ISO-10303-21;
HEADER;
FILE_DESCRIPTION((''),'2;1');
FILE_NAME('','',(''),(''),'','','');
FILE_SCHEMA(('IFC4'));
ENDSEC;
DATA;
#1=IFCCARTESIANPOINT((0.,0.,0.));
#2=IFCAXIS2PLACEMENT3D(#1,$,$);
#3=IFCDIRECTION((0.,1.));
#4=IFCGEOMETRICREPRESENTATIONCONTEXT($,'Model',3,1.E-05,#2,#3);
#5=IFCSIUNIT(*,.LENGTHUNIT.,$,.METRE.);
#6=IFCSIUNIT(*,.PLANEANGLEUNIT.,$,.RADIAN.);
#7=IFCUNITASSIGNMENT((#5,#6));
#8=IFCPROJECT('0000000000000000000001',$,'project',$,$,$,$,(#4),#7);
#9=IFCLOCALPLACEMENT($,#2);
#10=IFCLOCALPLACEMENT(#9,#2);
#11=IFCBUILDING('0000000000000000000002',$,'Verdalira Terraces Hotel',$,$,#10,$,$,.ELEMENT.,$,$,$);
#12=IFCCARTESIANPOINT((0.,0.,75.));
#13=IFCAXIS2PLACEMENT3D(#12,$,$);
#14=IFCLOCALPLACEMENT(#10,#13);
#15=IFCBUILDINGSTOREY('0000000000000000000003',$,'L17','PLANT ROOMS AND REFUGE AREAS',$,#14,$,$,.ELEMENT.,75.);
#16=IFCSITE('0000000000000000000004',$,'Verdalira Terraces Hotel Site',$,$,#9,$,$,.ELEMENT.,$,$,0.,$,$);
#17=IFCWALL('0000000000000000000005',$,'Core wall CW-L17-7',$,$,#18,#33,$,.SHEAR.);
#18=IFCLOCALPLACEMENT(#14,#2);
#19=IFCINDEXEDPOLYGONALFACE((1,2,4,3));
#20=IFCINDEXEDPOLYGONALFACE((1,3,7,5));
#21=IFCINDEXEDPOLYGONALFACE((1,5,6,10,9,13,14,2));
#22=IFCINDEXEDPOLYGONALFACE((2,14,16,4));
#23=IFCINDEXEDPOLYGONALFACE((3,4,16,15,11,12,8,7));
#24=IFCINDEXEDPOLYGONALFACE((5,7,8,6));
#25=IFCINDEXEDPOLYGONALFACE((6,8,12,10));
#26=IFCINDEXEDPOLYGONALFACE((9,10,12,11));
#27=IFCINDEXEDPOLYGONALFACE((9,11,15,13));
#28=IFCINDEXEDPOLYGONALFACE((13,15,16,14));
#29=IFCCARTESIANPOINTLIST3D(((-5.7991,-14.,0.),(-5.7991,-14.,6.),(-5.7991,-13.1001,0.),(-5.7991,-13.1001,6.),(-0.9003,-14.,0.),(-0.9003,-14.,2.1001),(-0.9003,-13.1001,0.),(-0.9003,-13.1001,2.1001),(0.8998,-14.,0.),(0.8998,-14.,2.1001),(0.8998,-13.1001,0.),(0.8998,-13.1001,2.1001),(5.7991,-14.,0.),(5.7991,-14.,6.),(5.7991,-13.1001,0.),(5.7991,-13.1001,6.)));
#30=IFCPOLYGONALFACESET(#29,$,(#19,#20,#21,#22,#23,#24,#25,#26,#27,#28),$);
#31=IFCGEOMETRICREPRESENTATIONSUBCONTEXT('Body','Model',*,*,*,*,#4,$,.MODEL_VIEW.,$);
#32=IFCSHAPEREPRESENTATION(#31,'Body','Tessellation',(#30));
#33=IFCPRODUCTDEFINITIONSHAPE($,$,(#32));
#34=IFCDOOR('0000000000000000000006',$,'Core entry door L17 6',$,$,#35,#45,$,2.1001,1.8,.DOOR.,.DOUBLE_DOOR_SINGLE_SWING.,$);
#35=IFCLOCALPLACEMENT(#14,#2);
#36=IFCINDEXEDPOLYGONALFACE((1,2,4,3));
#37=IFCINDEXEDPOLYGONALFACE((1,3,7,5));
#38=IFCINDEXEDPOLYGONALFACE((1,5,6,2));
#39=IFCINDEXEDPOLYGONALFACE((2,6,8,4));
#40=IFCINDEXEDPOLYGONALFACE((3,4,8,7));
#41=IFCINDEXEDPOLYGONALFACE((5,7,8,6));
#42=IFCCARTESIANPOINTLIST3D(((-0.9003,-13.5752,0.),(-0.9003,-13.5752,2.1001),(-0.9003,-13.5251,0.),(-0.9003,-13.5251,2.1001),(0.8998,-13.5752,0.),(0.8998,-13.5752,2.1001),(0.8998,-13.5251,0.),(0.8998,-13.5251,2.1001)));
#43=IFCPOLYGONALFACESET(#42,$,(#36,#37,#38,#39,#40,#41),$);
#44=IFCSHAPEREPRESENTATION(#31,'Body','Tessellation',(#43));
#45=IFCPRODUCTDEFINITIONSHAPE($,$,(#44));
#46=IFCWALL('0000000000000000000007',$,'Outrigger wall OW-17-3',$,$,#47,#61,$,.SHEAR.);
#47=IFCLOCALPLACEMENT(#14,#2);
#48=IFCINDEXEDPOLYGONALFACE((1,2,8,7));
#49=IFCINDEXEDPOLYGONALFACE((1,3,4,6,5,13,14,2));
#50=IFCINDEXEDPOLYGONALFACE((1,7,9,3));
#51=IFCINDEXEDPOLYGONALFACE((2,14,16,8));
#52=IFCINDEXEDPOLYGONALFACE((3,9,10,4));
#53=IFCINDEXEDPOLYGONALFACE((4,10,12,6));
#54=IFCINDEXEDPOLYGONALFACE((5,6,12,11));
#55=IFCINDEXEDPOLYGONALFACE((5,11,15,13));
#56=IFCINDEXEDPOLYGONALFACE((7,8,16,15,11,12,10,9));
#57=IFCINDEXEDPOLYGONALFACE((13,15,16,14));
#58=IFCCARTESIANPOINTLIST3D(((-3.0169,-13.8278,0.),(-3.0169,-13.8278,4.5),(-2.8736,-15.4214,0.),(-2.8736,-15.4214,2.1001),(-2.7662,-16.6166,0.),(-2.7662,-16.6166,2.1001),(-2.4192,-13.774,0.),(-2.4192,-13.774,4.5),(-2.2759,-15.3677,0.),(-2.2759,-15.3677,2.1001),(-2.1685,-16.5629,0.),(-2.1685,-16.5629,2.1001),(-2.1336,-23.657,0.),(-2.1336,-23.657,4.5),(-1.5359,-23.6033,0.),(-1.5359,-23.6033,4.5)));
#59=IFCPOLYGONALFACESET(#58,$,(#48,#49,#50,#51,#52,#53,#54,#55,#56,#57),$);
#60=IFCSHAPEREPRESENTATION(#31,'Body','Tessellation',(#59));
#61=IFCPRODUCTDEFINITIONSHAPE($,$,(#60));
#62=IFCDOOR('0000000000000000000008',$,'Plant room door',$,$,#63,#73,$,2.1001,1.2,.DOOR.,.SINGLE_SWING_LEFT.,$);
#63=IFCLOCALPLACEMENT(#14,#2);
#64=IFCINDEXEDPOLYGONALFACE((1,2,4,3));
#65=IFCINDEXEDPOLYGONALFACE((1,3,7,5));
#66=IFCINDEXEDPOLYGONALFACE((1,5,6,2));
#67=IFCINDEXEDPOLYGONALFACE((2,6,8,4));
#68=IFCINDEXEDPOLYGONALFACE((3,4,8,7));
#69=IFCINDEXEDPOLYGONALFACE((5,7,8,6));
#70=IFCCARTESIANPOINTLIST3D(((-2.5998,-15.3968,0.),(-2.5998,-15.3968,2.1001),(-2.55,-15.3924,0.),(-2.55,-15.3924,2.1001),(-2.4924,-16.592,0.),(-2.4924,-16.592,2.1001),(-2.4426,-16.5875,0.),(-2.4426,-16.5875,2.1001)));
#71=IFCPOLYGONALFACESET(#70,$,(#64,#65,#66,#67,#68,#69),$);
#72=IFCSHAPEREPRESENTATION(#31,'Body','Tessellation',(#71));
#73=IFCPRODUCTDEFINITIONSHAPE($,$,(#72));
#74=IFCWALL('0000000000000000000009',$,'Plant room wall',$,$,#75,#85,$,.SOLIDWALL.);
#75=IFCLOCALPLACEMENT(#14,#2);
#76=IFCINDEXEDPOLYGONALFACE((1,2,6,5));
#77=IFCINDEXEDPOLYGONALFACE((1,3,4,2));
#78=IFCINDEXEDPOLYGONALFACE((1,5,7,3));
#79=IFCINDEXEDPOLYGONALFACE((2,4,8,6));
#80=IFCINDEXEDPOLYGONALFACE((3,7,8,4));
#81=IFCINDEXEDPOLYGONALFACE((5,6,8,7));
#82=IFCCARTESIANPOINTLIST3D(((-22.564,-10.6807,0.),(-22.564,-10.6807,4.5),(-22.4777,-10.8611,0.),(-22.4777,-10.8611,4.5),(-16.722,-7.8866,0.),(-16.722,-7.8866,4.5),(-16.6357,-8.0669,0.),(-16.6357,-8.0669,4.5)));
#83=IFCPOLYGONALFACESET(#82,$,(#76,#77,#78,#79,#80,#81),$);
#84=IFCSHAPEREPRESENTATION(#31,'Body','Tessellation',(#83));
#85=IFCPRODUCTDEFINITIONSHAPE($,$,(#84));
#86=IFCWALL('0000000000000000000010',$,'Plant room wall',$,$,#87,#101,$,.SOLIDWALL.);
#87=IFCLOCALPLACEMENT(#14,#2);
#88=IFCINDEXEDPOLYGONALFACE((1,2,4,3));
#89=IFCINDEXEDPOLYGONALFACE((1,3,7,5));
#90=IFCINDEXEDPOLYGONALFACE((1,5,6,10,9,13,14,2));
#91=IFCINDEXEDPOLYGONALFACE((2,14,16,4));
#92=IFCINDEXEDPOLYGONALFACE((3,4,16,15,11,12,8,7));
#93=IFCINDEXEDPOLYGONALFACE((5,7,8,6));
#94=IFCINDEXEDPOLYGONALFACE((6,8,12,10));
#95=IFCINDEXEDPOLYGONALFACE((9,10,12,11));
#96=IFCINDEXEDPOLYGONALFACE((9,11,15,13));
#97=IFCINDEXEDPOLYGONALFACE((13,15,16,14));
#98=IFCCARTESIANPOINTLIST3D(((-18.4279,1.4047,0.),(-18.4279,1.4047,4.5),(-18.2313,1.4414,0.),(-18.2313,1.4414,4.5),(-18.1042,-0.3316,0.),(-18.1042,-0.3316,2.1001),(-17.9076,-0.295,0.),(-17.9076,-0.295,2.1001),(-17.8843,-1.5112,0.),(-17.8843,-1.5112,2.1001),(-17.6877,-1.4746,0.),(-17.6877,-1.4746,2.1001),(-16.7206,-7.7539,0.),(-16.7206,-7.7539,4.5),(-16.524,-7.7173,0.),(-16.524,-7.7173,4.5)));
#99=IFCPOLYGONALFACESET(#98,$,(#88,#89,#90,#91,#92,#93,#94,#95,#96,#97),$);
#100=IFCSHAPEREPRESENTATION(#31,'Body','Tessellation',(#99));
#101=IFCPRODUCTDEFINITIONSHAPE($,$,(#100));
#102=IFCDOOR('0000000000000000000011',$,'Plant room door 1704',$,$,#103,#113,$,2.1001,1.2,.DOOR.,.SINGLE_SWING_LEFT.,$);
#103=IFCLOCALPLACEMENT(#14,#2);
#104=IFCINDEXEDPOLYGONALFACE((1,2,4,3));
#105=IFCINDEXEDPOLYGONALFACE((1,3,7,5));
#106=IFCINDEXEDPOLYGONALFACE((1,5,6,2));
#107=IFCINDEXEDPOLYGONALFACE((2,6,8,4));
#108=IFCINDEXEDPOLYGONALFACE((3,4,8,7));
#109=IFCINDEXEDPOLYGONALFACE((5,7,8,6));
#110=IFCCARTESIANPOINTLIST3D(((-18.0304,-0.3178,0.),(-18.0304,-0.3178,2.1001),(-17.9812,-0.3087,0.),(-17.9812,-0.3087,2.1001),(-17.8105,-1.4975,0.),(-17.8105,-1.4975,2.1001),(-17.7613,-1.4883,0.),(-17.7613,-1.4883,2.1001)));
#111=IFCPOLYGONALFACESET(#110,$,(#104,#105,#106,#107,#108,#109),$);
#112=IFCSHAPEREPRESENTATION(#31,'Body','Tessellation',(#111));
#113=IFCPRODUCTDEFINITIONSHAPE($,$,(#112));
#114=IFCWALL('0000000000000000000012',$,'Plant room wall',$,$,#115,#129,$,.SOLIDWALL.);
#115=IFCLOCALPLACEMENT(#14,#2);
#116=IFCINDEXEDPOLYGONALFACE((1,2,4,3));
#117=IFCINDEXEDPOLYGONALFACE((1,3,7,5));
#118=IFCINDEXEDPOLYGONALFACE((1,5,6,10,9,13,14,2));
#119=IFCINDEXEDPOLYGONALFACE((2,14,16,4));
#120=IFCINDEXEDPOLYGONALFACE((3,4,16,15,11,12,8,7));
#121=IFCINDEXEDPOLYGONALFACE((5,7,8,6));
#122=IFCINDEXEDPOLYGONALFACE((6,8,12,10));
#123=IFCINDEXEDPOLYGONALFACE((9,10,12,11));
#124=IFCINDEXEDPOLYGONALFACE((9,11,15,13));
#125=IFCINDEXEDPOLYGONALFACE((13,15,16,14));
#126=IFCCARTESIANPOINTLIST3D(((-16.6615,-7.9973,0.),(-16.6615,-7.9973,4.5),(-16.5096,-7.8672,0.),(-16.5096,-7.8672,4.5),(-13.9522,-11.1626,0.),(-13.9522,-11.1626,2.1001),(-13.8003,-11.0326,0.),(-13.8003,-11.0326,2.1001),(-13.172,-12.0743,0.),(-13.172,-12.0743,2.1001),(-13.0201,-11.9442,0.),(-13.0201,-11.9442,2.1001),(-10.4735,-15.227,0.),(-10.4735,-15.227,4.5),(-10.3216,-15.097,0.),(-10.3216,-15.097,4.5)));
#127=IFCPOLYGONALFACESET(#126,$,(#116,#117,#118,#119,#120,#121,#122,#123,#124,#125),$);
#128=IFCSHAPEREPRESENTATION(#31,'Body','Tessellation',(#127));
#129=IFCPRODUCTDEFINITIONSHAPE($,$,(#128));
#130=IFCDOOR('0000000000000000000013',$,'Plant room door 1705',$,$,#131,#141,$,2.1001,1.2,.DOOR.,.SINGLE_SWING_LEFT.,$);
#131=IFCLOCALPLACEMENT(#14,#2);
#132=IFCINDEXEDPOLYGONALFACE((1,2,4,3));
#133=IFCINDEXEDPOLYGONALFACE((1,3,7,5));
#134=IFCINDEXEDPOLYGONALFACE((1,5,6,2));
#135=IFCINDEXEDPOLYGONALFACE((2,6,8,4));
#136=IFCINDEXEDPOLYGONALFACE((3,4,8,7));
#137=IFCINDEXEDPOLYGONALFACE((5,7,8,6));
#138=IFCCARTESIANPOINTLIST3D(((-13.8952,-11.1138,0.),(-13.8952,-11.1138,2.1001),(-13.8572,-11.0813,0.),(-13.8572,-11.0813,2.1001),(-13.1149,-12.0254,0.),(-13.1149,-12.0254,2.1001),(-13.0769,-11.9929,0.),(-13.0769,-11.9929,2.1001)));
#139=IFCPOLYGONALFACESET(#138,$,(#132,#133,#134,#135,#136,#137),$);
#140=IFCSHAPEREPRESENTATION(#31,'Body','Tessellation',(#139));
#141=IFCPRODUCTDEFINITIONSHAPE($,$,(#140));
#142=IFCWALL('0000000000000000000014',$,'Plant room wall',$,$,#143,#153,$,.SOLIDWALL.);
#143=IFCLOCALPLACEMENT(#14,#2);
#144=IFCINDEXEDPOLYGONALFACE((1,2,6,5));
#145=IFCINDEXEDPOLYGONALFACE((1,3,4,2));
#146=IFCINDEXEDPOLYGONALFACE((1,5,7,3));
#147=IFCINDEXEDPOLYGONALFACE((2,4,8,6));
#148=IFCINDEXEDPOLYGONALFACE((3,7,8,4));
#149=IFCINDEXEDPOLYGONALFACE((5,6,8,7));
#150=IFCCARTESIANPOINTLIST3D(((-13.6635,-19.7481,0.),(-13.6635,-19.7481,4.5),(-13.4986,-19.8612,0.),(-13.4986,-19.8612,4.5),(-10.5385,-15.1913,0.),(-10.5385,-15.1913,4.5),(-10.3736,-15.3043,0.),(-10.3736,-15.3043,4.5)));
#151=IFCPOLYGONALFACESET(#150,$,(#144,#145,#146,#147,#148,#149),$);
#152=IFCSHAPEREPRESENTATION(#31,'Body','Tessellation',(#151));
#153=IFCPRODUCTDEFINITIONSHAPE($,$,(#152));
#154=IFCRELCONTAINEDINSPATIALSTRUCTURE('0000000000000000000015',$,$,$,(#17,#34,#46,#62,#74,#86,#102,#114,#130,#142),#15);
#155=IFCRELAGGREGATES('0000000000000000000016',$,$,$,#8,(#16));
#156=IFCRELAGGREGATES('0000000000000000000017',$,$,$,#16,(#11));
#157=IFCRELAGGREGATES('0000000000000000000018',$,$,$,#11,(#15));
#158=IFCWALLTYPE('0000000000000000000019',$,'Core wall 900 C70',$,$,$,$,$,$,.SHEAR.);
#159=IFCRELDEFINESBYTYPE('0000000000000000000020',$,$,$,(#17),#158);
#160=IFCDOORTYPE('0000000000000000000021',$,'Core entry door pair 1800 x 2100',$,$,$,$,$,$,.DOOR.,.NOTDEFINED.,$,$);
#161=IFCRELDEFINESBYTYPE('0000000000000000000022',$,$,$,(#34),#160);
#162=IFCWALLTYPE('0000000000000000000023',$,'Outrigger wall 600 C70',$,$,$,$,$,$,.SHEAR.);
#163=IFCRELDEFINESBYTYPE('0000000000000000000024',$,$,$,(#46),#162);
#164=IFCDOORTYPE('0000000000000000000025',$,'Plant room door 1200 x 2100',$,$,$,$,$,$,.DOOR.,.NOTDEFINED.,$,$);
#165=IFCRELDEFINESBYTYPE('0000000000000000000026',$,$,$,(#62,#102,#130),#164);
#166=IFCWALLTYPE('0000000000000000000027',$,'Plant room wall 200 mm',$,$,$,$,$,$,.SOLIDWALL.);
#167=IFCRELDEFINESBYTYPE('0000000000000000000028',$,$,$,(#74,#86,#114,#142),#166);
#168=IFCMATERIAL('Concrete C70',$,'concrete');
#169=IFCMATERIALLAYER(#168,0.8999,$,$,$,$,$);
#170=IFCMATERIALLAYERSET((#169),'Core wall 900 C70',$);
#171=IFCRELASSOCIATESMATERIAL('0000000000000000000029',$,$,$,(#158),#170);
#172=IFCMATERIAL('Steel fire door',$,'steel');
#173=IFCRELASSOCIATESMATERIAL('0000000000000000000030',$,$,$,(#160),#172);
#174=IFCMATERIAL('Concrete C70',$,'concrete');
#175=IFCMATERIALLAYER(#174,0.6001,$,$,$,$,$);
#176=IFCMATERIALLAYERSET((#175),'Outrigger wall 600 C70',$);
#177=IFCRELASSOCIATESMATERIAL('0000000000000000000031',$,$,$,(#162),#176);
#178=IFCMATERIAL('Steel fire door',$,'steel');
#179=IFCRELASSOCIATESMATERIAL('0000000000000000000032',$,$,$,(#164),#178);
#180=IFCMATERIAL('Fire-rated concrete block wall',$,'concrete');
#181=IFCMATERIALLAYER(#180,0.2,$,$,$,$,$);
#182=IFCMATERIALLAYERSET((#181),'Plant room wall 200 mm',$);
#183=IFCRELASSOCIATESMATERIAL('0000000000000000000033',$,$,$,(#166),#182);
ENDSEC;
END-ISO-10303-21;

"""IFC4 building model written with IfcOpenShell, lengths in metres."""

from ifc_helpers import new_model, si_unit, direction, frame, frame_2d, origin, place, context, subcontext, project, spatial, rectangle, extrude, material, layer, layer_set, type_object, element, fill, save


model = new_model("IFC4")

# Units and contexts
model_context = context("Model", 3, precision=1e-05, world=origin(), true_north=direction((0.0, 1.0)))
body_context = subcontext(model_context, "Body", "Model", "MODEL_VIEW")
ifc_project = project(units=[si_unit("LENGTHUNIT", "METRE"), si_unit("PLANEANGLEUNIT", "RADIAN")], contexts=[model_context])

# Site, building, storey
site_placement = place(None, origin())
site = spatial("IfcSite", under=ifc_project, at=site_placement, Name="Verdalira Terraces Hotel Site", CompositionType="ELEMENT", RefElevation=0.0)
building_placement = place(site_placement, origin())
building = spatial("IfcBuilding", under=site, at=building_placement, Name="Verdalira Terraces Hotel", CompositionType="ELEMENT")
storey_placement = place(building_placement, frame((0.0, 0.0, 75.0)))
storey = spatial("IfcBuildingStorey", under=building, at=storey_placement, Name="L17", Description="PLANT ROOMS AND REFUGE AREAS", CompositionType="ELEMENT", Elevation=75.0)

# Walls, openings, doors
ifc_material_1 = material(Name="Concrete C70", Category="concrete")
ifc_layer_1 = layer(ifc_material_1, 0.8999)
ifc_layer_set_1 = layer_set([ifc_layer_1], Name="Core wall 900 C70")
wall_type_1 = type_object("IfcWallType", Name="Core wall 900 C70", PredefinedType="SHEAR", material=ifc_layer_set_1)
wall_1_placement = place(storey_placement, frame((-5.7991, -13.55, 0.0), z_axis=(0.0, 0.0, 1.0), x_axis=(1.0, 0.0, 0.0)))
wall_1 = element("IfcWall", 1, at=wall_1_placement, inside=storey, type_object=wall_type_1, Name="Core wall CW-L17-7", PredefinedType="SHEAR", context=body_context, shape_type="SweptSolid", body=[
    extrude(rectangle(XDim=11.5981, YDim=0.8999, at=frame_2d((5.7991, 0.0))), origin(), (0.0, 0.0, 1.0), 6.0),
])
opening_1_placement = place(wall_1_placement, frame((4.8989, 0.0, 0.0)))
opening_1 = element("IfcOpeningElement", 2, at=opening_1_placement, cuts=wall_1, PredefinedType="OPENING", context=body_context, shape_type="SweptSolid", body=[
    extrude(rectangle(XDim=1.8, YDim=2.1001, at=frame_2d((0.8999, 1.05))), frame((0.0, 0.46, 0.0), z_axis=(0.0, -1.0, 0.0), x_axis=(1.0, 0.0, 0.0)), (0.0, 0.0, 1.0), 0.9199),
])
ifc_material_2 = material(Name="Steel fire door", Category="steel")
door_type_1 = type_object("IfcDoorType", Name="Core entry door pair 1800 x 2100", OperationType="NOTDEFINED", PredefinedType="DOOR", material=ifc_material_2)
door_1_placement = place(opening_1_placement, origin())
door_1 = element("IfcDoor", 3, at=door_1_placement, inside=storey, type_object=door_type_1, Name="Core entry door L17 6", OperationType="DOUBLE_DOOR_SINGLE_SWING", OverallHeight=2.1001, OverallWidth=1.8, PredefinedType="DOOR", context=body_context, shape_type="SweptSolid", body=[
    extrude(rectangle(XDim=1.8, YDim=2.1001, at=frame_2d((0.8999, 1.05))), frame((0.0, 0.0249, 0.0), z_axis=(0.0, -1.0, 0.0), x_axis=(1.0, 0.0, 0.0)), (0.0, 0.0, 1.0), 0.05),
])
fill(opening_1, door_1)
ifc_material_3 = material(Name="Concrete C70", Category="concrete")
ifc_layer_2 = layer(ifc_material_3, 0.6001)
ifc_layer_set_2 = layer_set([ifc_layer_2], Name="Outrigger wall 600 C70")
wall_type_2 = type_object("IfcWallType", Name="Outrigger wall 600 C70", PredefinedType="SHEAR", material=ifc_layer_set_2)
wall_2_placement = place(storey_placement, frame((-2.718, -13.8008, 0.0), z_axis=(0.0, 0.0, 1.0), x_axis=(0.089503, -0.995987, 0.0)))
wall_2 = element("IfcWall", 4, at=wall_2_placement, inside=storey, type_object=wall_type_2, Name="Outrigger wall OW-17-3", PredefinedType="SHEAR", context=body_context, shape_type="SweptSolid", body=[
    extrude(rectangle(XDim=9.8689, YDim=0.6001, at=frame_2d((4.9346, 0.0))), origin(), (0.0, 0.0, 1.0), 4.5),
])
opening_2_placement = place(wall_2_placement, frame((1.6001, 0.0, 0.0)))
opening_2 = element("IfcOpeningElement", 5, at=opening_2_placement, cuts=wall_2, PredefinedType="OPENING", context=body_context, shape_type="SweptSolid", body=[
    extrude(rectangle(XDim=1.2, YDim=2.1001, at=frame_2d((0.6001, 1.05))), frame((0.0, 0.3101, 0.0), z_axis=(0.0, -1.0, 0.0), x_axis=(1.0, 0.0, 0.0)), (0.0, 0.0, 1.0), 0.6201),
])
ifc_material_4 = material(Name="Steel fire door", Category="steel")
door_type_2 = type_object("IfcDoorType", Name="Plant room door 1200 x 2100", OperationType="NOTDEFINED", PredefinedType="DOOR", material=ifc_material_4)
door_2_placement = place(opening_2_placement, origin())
door_2 = element("IfcDoor", 6, at=door_2_placement, inside=storey, type_object=door_type_2, Name="Plant room door", OperationType="SINGLE_SWING_LEFT", OverallHeight=2.1001, OverallWidth=1.2, PredefinedType="DOOR", context=body_context, shape_type="SweptSolid", body=[
    extrude(rectangle(XDim=1.2, YDim=2.1001, at=frame_2d((0.6001, 1.05))), frame((0.0, 0.0249, 0.0), z_axis=(0.0, -1.0, 0.0), x_axis=(1.0, 0.0, 0.0)), (0.0, 0.0, 1.0), 0.05),
])
fill(opening_2, door_2)

# Wall
ifc_material_5 = material(Name="Fire-rated concrete block wall", Category="concrete")
ifc_layer_3 = layer(ifc_material_5, 0.2)
ifc_layer_set_3 = layer_set([ifc_layer_3], Name="Plant room wall 200 mm")
wall_type_3 = type_object("IfcWallType", Name="Plant room wall 200 mm", PredefinedType="SOLIDWALL", material=ifc_layer_set_3)
wall_3_placement = place(storey_placement, frame((-16.679, -7.9768, 0.0), z_axis=(0.0, 0.0, 1.0), x_axis=(-0.902124, -0.431477, 0.0)))
element("IfcWall", 7, at=wall_3_placement, inside=storey, type_object=wall_type_3, Name="Plant room wall", PredefinedType="SOLIDWALL", context=body_context, shape_type="SweptSolid", body=[
    extrude(rectangle(XDim=6.4758, YDim=0.2, at=frame_2d((3.2378, 0.0))), origin(), (0.0, 0.0, 1.0), 4.5),
])

# Walls, openings, doors
wall_4_placement = place(storey_placement, frame((-16.6223, -7.7356, 0.0), z_axis=(0.0, 0.0, 1.0), x_axis=(-0.183254, 0.983066, 0.0)))
wall_4 = element("IfcWall", 8, at=wall_4_placement, inside=storey, type_object=wall_type_3, Name="Plant room wall", PredefinedType="SOLIDWALL", context=body_context, shape_type="SweptSolid", body=[
    extrude(rectangle(XDim=9.3164, YDim=0.2, at=frame_2d((4.6582, 0.0))), origin(), (0.0, 0.0, 1.0), 4.5),
])
opening_3_placement = place(wall_4_placement, frame((6.3501, 0.0, 0.0)))
opening_3 = element("IfcOpeningElement", 9, at=opening_3_placement, cuts=wall_4, PredefinedType="OPENING", context=body_context, shape_type="SweptSolid", body=[
    extrude(rectangle(XDim=1.2, YDim=2.1001, at=frame_2d((0.6001, 1.05))), frame((0.0, 0.1099, 0.0), z_axis=(0.0, -1.0, 0.0), x_axis=(1.0, 0.0, 0.0)), (0.0, 0.0, 1.0), 0.22),
])
door_3_placement = place(opening_3_placement, origin())
door_3 = element("IfcDoor", 10, at=door_3_placement, inside=storey, type_object=door_type_2, Name="Plant room door 1704", OperationType="SINGLE_SWING_LEFT", OverallHeight=2.1001, OverallWidth=1.2, PredefinedType="DOOR", context=body_context, shape_type="SweptSolid", body=[
    extrude(rectangle(XDim=1.2, YDim=2.1001, at=frame_2d((0.6001, 1.05))), frame((0.0, 0.0249, 0.0), z_axis=(0.0, -1.0, 0.0), x_axis=(1.0, 0.0, 0.0)), (0.0, 0.0, 1.0), 0.05),
])
fill(opening_3, door_3)
wall_5_placement = place(storey_placement, frame((-10.3975, -15.1621, 0.0), z_axis=(0.0, 0.0, 1.0), x_axis=(-0.65025, 0.75972, 0.0)))
wall_5 = element("IfcWall", 11, at=wall_5_placement, inside=storey, type_object=wall_type_3, Name="Plant room wall", PredefinedType="SOLIDWALL", context=body_context, shape_type="SweptSolid", body=[
    extrude(rectangle(XDim=9.5164, YDim=0.2, at=frame_2d((4.7583, 0.0))), origin(), (0.0, 0.0, 1.0), 4.5),
])
opening_4_placement = place(wall_5_placement, frame((4.1499, 0.0, 0.0)))
opening_4 = element("IfcOpeningElement", 12, at=opening_4_placement, cuts=wall_5, PredefinedType="OPENING", context=body_context, shape_type="SweptSolid", body=[
    extrude(rectangle(XDim=1.2, YDim=2.1001, at=frame_2d((0.6001, 1.05))), frame((0.0, 0.1099, 0.0), z_axis=(0.0, -1.0, 0.0), x_axis=(1.0, 0.0, 0.0)), (0.0, 0.0, 1.0), 0.22),
])
door_4_placement = place(opening_4_placement, origin())
door_4 = element("IfcDoor", 13, at=door_4_placement, inside=storey, type_object=door_type_2, Name="Plant room door 1705", OperationType="SINGLE_SWING_LEFT", OverallHeight=2.1001, OverallWidth=1.2, PredefinedType="DOOR", context=body_context, shape_type="SweptSolid", body=[
    extrude(rectangle(XDim=1.2, YDim=2.1001, at=frame_2d((0.6001, 1.05))), frame((0.0, 0.0249, 0.0), z_axis=(0.0, -1.0, 0.0), x_axis=(1.0, 0.0, 0.0)), (0.0, 0.0, 1.0), 0.05),
])
fill(opening_4, door_4)

# Wall
wall_6_placement = place(storey_placement, frame((-10.4561, -15.2478, 0.0), z_axis=(0.0, 0.0, 1.0), x_axis=(-0.565563, -0.824705, 0.0)))
element("IfcWall", 14, at=wall_6_placement, inside=storey, type_object=wall_type_3, Name="Plant room wall", PredefinedType="SOLIDWALL", context=body_context, shape_type="SweptSolid", body=[
    extrude(rectangle(XDim=5.5254, YDim=0.2, at=frame_2d((2.7627, 0.0))), origin(), (0.0, 0.0, 1.0), 4.5),
])

save(model, "model.ifc")
